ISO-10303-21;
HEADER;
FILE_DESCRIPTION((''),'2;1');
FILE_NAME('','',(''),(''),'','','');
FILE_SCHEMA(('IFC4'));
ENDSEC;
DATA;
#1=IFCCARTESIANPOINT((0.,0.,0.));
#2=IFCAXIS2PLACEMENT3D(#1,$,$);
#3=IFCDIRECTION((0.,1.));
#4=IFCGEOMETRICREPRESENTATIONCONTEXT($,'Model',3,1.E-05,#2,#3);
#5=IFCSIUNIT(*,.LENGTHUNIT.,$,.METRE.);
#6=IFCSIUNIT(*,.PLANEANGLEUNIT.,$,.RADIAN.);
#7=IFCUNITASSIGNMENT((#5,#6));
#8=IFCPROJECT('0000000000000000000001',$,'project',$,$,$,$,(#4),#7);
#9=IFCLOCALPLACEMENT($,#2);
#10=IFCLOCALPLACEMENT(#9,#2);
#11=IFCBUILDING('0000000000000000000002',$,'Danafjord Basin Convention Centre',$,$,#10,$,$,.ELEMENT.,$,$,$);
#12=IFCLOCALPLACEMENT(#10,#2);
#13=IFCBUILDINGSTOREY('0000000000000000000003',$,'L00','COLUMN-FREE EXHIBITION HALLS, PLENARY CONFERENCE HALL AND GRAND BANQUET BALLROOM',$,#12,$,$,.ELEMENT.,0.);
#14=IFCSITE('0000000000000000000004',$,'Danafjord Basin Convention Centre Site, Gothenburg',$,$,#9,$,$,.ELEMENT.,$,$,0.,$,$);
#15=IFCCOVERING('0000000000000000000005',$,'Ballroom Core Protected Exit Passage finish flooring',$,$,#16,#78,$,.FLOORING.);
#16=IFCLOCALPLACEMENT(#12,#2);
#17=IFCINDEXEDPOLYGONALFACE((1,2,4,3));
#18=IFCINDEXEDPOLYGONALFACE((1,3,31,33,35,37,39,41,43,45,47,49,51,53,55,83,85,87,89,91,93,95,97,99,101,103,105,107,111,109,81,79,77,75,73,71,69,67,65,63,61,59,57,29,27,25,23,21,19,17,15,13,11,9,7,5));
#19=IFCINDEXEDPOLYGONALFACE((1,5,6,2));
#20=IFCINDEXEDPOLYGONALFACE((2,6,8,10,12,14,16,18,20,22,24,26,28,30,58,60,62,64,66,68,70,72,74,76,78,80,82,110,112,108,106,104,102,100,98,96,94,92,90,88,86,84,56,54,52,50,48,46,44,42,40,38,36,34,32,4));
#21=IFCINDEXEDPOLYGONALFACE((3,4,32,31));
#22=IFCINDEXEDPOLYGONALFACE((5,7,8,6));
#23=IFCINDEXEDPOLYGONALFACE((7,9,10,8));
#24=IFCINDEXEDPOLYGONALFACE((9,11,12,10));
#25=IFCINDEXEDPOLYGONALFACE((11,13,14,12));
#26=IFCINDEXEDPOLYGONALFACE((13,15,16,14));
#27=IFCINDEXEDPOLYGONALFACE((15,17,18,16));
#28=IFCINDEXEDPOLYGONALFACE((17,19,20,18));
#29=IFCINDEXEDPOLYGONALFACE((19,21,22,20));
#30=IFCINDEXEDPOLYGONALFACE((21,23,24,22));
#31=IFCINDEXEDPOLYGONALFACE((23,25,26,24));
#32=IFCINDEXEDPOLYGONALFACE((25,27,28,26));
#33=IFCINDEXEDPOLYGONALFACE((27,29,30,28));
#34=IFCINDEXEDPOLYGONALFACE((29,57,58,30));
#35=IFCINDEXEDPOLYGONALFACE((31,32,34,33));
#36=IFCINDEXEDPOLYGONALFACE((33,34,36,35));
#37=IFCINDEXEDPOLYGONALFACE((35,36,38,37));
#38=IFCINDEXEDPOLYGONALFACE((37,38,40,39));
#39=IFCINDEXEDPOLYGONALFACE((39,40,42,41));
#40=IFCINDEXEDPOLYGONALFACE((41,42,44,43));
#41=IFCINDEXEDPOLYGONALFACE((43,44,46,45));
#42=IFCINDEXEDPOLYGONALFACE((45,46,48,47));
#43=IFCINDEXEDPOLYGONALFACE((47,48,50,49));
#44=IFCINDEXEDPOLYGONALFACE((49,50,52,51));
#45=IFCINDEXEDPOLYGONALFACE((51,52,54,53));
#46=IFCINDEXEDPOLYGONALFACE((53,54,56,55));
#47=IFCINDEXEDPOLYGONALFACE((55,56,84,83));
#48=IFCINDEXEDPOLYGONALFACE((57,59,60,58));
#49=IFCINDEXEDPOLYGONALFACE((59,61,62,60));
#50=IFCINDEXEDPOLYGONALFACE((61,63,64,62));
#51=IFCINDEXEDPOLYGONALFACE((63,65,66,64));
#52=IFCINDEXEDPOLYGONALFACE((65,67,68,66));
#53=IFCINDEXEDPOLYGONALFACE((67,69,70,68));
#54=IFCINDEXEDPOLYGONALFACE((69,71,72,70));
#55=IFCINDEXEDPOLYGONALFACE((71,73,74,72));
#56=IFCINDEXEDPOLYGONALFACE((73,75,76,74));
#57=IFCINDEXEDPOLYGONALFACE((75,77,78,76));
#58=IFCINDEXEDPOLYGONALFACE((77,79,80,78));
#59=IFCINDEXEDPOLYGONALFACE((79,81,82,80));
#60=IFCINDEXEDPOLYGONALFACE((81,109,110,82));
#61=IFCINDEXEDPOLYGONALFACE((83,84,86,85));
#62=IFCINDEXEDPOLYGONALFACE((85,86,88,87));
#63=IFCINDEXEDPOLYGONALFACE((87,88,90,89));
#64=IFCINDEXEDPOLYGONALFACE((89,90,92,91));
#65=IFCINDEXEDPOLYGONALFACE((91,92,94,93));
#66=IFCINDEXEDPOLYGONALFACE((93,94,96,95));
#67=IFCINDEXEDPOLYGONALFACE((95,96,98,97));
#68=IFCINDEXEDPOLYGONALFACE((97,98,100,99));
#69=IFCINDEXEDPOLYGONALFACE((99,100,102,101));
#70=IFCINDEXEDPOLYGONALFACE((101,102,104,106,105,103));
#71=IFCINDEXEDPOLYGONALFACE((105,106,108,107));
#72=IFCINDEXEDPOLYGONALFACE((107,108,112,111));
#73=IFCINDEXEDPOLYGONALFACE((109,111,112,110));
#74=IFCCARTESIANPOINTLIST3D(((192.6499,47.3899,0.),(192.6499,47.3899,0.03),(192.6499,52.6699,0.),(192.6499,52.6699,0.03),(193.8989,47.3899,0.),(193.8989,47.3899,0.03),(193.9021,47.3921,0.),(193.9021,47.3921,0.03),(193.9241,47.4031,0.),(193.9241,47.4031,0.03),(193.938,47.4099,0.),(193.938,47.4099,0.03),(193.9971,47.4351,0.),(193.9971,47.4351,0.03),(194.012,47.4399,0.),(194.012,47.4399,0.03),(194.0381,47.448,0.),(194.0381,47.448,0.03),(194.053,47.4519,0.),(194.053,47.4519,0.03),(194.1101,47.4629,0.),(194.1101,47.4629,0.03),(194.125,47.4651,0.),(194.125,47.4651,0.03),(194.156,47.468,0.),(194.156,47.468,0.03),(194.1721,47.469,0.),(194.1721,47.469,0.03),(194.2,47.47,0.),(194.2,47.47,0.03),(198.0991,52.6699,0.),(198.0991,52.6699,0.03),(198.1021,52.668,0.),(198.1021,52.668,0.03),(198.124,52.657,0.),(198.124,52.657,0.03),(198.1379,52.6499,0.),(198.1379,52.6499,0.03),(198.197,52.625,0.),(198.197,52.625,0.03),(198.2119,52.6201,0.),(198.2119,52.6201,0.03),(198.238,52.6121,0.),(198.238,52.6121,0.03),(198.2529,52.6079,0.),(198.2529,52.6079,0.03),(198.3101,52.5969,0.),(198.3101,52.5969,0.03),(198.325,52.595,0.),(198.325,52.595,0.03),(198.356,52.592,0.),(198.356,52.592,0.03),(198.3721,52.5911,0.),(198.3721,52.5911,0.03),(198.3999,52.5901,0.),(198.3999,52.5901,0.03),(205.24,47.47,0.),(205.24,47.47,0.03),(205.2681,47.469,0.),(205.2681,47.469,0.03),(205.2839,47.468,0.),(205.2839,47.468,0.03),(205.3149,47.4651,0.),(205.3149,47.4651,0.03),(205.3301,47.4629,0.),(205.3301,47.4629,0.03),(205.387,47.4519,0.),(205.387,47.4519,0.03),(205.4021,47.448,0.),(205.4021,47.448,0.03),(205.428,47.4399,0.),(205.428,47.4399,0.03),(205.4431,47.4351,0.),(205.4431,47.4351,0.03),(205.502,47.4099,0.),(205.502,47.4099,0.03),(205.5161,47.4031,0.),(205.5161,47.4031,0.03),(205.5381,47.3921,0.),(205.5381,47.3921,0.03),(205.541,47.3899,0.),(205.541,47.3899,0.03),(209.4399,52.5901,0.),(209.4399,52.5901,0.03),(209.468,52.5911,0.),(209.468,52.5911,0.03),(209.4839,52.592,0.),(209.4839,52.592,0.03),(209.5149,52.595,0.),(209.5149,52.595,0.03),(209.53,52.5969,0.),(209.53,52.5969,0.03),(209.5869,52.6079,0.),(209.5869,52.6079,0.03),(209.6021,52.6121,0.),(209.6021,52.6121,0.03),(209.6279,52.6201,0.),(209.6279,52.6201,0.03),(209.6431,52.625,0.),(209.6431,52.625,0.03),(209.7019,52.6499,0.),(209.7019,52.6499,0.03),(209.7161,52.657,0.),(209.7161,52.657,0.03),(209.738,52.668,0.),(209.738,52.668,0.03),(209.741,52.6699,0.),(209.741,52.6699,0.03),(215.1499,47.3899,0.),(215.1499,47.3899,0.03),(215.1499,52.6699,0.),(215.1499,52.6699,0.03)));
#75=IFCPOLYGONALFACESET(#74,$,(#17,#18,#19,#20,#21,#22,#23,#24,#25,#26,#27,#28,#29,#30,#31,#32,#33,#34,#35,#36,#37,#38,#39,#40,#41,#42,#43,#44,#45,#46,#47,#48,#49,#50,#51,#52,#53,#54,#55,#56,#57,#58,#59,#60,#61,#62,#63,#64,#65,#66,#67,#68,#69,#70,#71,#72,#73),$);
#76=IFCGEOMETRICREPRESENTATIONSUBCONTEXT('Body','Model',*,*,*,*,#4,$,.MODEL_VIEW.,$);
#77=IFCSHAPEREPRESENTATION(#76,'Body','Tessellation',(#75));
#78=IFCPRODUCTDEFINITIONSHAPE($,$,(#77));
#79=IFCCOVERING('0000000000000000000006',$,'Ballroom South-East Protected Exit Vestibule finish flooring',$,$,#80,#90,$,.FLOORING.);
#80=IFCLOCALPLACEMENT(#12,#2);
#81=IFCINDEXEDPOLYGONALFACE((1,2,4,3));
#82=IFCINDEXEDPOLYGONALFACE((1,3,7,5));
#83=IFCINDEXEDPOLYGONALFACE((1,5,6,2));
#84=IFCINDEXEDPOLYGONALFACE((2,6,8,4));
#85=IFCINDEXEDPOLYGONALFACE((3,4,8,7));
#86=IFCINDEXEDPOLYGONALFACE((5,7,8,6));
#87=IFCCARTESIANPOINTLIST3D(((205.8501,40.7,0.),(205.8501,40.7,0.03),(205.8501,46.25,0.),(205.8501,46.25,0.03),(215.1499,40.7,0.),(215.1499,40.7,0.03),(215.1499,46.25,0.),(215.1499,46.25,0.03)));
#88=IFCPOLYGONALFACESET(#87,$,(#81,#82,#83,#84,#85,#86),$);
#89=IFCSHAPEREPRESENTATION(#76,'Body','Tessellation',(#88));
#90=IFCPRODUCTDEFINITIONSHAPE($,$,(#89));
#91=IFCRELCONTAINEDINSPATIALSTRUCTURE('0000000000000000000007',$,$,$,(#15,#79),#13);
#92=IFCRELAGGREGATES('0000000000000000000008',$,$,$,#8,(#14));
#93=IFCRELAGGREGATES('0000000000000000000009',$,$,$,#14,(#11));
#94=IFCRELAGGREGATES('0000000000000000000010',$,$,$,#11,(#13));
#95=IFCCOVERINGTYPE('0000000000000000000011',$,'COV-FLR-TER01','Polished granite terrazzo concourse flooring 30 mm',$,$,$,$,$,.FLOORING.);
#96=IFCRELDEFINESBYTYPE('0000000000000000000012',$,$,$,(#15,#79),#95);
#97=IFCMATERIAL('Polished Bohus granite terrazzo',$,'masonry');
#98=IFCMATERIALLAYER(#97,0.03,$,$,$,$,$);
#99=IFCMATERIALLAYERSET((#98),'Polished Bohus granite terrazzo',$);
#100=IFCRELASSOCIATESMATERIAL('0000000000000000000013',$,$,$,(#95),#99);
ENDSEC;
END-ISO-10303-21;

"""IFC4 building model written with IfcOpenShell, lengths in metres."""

from ifc_helpers import new_model, si_unit, direction, origin, place, context, subcontext, project, spatial, polyline, outline, extrude, material, layer, layer_set, type_object, element, save


model = new_model("IFC4")

# Units and contexts
model_context = context("Model", 3, precision=1e-05, world=origin(), true_north=direction((0.0, 1.0)))
body_context = subcontext(model_context, "Body", "Model", "MODEL_VIEW")
ifc_project = project(units=[si_unit("LENGTHUNIT", "METRE"), si_unit("PLANEANGLEUNIT", "RADIAN")], contexts=[model_context])

# Site, building, storey
site_placement = place(None, origin())
site = spatial("IfcSite", under=ifc_project, at=site_placement, Name="Danafjord Basin Convention Centre Site, Gothenburg", CompositionType="ELEMENT", RefElevation=0.0)
building_placement = place(site_placement, origin())
building = spatial("IfcBuilding", under=site, at=building_placement, Name="Danafjord Basin Convention Centre", CompositionType="ELEMENT")
storey_placement = place(building_placement, origin())
storey = spatial("IfcBuildingStorey", under=building, at=storey_placement, Name="L00", Description="COLUMN-FREE EXHIBITION HALLS, PLENARY CONFERENCE HALL AND GRAND BANQUET BALLROOM", CompositionType="ELEMENT", Elevation=0.0)

# Coverings
ifc_material_1 = material(Name="Polished Bohus granite terrazzo", Category="masonry")
ifc_layer_1 = layer(ifc_material_1, 0.03)
ifc_layer_set_1 = layer_set([ifc_layer_1], Name="Polished Bohus granite terrazzo")
covering_type_1 = type_object("IfcCoveringType", Name="COV-FLR-TER01", Description="Polished granite terrazzo concourse flooring 30 mm", PredefinedType="FLOORING", material=ifc_layer_set_1)
covering_1_placement = place(storey_placement, origin())
element("IfcCovering", 1, at=covering_1_placement, inside=storey, type_object=covering_type_1, Name="Ballroom Core Protected Exit Passage finish flooring", PredefinedType="FLOORING", context=body_context, shape_type="SweptSolid", body=[
    extrude(outline(polyline([(198.0991, 52.6699), (198.1021, 52.668), (198.124, 52.657), (198.1379, 52.6499), (198.197, 52.625), (198.2119, 52.6201), (198.238, 52.6121), (198.2529, 52.6079), (198.3101, 52.5969), (198.325, 52.595), (198.356, 52.592), (198.3721, 52.5911), (198.3999, 52.5901), (209.4399, 52.5901), (209.468, 52.5911), (209.4839, 52.592), (209.5149, 52.595), (209.53, 52.5969), (209.5869, 52.6079), (209.6021, 52.6121), (209.6279, 52.6201), (209.6431, 52.625), (209.7019, 52.6499), (209.7161, 52.657), (209.738, 52.668), (209.741, 52.6699), (215.1499, 52.6699), (215.1499, 47.3899), (205.541, 47.3899), (205.5381, 47.3921), (205.5161, 47.4031), (205.502, 47.4099), (205.4431, 47.4351), (205.428, 47.4399), (205.4021, 47.448), (205.387, 47.4519), (205.3301, 47.4629), (205.3149, 47.4651), (205.2839, 47.468), (205.2681, 47.469), (205.24, 47.47), (194.2, 47.47), (194.1721, 47.469), (194.156, 47.468), (194.125, 47.4651), (194.1101, 47.4629), (194.053, 47.4519), (194.0381, 47.448), (194.012, 47.4399), (193.9971, 47.4351), (193.938, 47.4099), (193.9241, 47.4031), (193.9021, 47.3921), (193.8989, 47.3899), (192.6499, 47.3899), (192.6499, 52.6699), (198.0991, 52.6699)])), origin(), (0.0, 0.0, 1.0), 0.03),
])
covering_2_placement = place(storey_placement, origin())
element("IfcCovering", 2, at=covering_2_placement, inside=storey, type_object=covering_type_1, Name="Ballroom South-East Protected Exit Vestibule finish flooring", PredefinedType="FLOORING", context=body_context, shape_type="SweptSolid", body=[
    extrude(outline(polyline([(215.1499, 46.25), (215.1499, 40.7), (205.8501, 40.7), (205.8501, 46.25), (215.1499, 46.25)])), origin(), (0.0, 0.0, 1.0), 0.03),
])

save(model, "model.ifc")
